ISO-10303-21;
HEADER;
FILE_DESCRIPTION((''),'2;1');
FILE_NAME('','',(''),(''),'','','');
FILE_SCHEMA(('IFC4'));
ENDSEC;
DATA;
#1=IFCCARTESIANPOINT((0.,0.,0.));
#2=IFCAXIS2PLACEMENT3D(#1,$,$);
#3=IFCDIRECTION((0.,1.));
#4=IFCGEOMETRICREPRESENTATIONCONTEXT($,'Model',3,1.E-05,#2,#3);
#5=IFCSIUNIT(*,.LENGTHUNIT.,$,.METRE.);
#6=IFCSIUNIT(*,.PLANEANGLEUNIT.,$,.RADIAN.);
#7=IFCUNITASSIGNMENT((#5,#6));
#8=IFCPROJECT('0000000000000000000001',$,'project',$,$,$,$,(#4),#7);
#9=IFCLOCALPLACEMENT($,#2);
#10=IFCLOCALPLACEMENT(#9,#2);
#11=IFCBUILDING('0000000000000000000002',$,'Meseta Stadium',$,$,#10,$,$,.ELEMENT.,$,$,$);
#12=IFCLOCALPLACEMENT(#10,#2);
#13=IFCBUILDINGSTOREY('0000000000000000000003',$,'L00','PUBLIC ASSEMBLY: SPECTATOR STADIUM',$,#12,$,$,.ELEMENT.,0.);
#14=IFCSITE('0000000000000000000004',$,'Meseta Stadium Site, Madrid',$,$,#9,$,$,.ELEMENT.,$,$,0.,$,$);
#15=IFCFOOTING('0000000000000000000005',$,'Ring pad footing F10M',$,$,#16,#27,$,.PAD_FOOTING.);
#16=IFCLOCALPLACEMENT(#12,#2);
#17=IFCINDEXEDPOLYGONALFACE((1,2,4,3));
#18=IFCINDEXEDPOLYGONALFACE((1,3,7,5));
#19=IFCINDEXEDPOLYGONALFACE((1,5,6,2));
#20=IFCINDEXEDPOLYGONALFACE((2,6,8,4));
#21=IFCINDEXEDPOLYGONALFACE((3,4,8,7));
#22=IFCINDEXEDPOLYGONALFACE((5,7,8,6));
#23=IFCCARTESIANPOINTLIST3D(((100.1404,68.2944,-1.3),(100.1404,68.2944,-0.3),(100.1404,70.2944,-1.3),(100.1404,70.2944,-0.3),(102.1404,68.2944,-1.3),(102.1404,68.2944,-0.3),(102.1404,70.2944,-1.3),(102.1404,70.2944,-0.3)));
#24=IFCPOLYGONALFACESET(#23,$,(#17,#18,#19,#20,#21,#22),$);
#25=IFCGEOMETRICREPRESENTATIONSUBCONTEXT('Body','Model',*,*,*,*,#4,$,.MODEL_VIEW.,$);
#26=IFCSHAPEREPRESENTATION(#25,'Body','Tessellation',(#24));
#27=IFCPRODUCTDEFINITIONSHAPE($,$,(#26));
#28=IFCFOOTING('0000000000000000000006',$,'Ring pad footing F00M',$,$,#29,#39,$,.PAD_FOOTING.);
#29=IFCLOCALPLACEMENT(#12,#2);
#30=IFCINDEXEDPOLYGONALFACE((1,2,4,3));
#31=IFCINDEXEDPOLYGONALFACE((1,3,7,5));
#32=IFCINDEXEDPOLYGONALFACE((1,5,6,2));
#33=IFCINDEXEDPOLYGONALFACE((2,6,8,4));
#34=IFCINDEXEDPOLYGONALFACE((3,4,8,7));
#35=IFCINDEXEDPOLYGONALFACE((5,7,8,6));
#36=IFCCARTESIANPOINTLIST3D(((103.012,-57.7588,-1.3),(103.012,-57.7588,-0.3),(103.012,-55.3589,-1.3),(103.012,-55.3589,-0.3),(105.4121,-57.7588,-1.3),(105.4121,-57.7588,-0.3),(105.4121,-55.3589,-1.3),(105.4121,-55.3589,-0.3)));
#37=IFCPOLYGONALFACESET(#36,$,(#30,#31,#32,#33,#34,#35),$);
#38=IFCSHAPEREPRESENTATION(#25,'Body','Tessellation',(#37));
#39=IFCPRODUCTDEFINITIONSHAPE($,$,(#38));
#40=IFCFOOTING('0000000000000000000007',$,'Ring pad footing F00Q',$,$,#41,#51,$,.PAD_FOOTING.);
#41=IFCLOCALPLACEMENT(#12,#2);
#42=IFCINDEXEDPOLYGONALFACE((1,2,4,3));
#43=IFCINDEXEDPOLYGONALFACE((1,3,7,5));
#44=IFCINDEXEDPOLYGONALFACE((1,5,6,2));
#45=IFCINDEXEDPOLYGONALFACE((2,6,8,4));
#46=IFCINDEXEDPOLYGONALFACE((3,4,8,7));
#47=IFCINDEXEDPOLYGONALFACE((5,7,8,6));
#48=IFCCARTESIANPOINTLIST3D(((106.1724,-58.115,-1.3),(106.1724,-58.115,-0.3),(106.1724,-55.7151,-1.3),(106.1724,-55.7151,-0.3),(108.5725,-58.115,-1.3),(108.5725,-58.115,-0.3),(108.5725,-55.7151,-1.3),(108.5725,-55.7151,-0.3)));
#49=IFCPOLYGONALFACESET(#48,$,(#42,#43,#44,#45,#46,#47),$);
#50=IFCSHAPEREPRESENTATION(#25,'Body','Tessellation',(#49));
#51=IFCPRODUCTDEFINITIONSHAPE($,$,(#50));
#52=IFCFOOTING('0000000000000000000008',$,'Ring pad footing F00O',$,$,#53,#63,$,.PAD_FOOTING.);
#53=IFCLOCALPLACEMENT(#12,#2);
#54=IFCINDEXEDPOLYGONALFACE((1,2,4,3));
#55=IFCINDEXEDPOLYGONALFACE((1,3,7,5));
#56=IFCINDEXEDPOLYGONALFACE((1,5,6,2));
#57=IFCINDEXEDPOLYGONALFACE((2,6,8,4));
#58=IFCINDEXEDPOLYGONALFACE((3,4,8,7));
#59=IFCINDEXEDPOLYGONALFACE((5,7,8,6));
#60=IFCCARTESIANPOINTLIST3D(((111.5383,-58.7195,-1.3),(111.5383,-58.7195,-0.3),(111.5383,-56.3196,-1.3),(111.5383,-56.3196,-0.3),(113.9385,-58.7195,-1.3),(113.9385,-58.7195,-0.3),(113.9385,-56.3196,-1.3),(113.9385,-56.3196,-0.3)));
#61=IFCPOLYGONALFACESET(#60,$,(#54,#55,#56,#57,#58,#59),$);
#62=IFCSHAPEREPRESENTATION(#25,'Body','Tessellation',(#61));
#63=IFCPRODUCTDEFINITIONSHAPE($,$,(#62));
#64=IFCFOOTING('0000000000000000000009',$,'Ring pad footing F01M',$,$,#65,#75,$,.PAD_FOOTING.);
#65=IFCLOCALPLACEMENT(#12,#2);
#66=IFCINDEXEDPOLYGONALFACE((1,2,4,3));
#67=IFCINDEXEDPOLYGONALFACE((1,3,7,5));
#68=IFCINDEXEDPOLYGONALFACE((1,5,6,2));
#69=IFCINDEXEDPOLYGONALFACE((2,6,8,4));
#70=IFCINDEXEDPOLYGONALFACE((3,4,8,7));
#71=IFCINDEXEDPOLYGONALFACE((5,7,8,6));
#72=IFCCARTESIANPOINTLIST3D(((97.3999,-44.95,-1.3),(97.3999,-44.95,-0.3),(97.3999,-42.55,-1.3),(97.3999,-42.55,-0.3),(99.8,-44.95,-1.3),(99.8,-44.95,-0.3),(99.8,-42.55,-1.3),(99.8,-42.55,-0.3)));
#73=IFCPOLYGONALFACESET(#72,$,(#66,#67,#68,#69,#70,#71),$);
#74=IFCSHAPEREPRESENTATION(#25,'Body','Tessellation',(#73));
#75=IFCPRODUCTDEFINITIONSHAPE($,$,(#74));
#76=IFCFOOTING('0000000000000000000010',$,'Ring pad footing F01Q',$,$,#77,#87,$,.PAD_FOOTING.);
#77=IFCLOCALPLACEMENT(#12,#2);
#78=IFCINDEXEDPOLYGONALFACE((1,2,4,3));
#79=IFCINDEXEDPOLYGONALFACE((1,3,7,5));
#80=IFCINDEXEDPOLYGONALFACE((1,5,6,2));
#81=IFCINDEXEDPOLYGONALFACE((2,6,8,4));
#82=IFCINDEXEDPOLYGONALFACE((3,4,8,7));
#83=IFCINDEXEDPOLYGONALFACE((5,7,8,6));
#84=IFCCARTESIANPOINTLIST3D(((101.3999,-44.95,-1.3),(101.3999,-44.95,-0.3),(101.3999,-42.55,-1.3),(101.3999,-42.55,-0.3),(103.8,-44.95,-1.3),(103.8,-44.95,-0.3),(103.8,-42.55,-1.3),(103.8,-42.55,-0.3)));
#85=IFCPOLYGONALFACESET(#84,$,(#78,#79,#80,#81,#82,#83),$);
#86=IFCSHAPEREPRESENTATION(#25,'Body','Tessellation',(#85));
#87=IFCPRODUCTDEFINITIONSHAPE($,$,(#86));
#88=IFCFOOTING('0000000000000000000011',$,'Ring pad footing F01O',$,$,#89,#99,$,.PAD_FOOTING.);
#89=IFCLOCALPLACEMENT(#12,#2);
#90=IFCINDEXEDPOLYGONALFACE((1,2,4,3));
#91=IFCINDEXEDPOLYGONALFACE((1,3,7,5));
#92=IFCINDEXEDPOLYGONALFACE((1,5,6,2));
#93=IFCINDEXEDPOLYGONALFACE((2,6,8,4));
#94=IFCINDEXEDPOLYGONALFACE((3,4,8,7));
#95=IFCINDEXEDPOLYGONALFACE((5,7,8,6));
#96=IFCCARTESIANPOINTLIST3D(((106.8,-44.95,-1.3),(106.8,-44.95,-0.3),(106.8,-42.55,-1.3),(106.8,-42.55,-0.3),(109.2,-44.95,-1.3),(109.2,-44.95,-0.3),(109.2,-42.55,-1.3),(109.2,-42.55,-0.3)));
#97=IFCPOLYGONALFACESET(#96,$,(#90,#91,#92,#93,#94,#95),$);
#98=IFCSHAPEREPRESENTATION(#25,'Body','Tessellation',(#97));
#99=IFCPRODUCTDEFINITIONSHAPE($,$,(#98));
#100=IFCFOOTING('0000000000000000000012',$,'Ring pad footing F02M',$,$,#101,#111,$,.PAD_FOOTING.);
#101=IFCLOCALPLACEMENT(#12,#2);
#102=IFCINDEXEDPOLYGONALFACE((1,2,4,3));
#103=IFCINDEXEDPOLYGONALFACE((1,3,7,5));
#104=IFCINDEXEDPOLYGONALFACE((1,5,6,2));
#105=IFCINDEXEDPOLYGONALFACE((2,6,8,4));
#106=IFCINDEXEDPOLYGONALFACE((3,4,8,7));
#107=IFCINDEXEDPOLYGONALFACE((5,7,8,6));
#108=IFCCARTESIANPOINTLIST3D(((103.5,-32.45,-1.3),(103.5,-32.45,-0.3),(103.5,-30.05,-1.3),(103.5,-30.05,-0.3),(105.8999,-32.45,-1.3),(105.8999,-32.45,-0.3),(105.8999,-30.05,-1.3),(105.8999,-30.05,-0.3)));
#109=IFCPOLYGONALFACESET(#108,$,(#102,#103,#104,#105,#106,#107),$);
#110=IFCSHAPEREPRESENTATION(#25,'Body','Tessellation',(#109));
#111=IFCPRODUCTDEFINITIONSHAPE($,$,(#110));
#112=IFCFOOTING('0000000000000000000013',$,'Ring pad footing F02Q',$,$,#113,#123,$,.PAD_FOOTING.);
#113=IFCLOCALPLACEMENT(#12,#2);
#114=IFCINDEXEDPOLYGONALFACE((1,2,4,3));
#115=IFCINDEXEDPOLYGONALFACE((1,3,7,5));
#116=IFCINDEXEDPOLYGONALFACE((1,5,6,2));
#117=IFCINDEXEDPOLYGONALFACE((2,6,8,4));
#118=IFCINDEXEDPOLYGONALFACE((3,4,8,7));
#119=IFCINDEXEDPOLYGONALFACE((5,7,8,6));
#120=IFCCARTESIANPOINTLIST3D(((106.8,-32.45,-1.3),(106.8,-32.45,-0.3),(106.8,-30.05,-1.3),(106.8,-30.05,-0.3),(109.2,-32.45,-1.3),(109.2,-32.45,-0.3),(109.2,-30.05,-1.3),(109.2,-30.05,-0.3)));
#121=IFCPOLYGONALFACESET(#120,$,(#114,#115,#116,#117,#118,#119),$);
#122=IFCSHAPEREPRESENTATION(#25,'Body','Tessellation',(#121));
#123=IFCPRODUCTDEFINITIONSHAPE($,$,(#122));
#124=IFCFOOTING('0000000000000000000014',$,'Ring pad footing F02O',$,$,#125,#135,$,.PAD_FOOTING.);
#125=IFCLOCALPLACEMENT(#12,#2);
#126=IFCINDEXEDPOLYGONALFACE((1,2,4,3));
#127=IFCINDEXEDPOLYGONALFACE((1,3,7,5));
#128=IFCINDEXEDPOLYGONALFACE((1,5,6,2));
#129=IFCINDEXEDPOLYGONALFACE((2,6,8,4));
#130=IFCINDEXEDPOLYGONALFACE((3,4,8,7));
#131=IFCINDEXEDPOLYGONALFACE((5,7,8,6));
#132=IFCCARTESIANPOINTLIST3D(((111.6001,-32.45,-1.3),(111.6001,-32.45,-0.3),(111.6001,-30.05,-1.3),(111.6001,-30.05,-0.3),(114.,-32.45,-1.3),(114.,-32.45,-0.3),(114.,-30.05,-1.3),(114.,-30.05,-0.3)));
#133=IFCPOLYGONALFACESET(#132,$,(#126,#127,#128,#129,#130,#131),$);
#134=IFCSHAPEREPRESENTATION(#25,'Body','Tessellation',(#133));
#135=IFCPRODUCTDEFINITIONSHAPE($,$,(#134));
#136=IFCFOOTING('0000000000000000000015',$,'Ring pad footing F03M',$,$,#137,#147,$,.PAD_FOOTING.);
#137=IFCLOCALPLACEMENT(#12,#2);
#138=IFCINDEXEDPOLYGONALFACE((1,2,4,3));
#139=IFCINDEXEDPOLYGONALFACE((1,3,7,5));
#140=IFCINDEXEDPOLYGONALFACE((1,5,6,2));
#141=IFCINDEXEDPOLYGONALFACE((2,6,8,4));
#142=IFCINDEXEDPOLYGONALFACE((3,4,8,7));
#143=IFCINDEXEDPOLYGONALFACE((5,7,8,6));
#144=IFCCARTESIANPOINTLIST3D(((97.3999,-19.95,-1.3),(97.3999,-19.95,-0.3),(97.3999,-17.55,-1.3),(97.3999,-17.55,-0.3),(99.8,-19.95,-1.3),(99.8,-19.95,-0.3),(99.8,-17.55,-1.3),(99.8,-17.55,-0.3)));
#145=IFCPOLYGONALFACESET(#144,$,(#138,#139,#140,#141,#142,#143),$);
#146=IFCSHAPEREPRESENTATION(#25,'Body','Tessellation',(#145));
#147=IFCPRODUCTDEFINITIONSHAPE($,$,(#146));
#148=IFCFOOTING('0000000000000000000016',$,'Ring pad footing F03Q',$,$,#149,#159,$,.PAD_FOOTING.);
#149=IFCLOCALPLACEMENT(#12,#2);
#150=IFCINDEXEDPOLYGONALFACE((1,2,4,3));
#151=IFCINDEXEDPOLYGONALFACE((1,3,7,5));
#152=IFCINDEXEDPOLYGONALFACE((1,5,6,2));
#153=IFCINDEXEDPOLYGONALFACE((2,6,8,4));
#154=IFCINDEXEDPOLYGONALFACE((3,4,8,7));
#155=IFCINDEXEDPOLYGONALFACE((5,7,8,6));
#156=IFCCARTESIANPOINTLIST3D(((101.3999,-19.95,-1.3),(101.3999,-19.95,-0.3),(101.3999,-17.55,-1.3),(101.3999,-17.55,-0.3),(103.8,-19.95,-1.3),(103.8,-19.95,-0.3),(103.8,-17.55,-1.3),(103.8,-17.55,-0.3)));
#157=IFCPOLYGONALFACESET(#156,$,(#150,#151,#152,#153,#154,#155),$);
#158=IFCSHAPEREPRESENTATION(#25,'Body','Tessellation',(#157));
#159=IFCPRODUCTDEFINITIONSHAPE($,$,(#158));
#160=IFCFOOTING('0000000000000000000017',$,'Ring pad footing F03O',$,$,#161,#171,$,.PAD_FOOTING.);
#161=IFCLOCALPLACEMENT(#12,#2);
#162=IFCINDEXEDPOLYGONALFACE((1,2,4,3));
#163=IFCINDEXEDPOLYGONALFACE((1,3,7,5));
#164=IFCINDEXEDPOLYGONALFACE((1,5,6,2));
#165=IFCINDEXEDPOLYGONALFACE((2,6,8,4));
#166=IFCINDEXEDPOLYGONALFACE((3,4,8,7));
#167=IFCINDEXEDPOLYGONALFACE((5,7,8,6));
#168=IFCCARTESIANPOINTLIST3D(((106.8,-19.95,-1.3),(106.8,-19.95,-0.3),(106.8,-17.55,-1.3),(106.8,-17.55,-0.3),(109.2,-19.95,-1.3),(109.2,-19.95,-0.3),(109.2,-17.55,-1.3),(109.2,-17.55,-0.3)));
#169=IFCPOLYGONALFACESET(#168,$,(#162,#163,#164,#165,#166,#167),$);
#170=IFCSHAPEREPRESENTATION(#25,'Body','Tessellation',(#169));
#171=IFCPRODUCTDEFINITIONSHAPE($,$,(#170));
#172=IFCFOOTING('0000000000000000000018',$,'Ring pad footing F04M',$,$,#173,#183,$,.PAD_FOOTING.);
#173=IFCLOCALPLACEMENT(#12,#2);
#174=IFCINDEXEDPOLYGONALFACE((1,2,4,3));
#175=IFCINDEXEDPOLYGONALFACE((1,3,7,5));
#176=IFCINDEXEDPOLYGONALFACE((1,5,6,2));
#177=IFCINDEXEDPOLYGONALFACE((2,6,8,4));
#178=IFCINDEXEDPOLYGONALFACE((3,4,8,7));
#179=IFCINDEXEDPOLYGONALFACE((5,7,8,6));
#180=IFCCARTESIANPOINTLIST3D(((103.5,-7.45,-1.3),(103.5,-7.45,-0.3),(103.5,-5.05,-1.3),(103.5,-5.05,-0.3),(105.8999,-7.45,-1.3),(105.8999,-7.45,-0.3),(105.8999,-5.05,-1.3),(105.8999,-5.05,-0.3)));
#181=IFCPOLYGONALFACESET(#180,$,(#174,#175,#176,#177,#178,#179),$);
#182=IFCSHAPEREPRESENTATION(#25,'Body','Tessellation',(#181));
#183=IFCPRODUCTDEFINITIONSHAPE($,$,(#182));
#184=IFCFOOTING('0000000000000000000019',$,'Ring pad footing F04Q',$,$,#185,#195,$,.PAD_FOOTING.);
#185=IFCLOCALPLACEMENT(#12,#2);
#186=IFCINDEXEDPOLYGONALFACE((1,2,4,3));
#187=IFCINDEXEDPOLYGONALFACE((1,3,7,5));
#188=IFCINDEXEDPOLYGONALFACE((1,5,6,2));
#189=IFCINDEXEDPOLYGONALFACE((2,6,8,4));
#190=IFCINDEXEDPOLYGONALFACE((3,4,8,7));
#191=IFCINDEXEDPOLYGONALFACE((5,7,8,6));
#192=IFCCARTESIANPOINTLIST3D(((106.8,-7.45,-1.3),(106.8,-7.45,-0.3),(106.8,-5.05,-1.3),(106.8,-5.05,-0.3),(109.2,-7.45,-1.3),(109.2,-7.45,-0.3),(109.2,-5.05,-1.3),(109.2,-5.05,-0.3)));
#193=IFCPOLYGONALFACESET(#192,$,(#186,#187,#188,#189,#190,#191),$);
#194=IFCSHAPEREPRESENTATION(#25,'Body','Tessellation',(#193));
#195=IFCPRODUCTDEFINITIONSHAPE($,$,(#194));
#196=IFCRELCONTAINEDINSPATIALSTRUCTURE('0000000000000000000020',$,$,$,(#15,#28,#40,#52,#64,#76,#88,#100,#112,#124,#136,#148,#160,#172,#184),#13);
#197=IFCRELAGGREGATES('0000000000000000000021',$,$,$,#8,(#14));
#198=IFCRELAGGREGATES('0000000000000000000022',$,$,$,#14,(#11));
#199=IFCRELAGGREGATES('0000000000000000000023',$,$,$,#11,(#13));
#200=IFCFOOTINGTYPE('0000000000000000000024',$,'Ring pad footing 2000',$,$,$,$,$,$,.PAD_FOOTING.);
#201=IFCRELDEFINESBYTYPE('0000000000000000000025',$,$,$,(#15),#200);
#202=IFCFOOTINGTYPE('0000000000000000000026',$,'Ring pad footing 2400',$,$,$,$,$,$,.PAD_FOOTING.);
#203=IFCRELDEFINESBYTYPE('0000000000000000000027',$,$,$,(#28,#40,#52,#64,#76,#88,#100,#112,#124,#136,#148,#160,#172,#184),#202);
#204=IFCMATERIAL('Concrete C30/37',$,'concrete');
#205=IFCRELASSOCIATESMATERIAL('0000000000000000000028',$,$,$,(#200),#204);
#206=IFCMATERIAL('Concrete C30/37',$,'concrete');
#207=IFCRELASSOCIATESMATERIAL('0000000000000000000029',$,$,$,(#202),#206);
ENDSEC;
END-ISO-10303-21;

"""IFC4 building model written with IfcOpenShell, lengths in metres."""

from ifc_helpers import new_model, si_unit, direction, frame, origin, place, context, subcontext, project, spatial, polyline, outline, extrude, material, type_object, element, save


model = new_model("IFC4")

# Units and contexts
model_context = context("Model", 3, precision=1e-05, world=origin(), true_north=direction((0.0, 1.0)))
body_context = subcontext(model_context, "Body", "Model", "MODEL_VIEW")
ifc_project = project(units=[si_unit("LENGTHUNIT", "METRE"), si_unit("PLANEANGLEUNIT", "RADIAN")], contexts=[model_context])

# Site, building, storey
site_placement = place(None, origin())
site = spatial("IfcSite", under=ifc_project, at=site_placement, Name="Meseta Stadium Site, Madrid", CompositionType="ELEMENT", RefElevation=0.0)
building_placement = place(site_placement, origin())
building = spatial("IfcBuilding", under=site, at=building_placement, Name="Meseta Stadium", CompositionType="ELEMENT")
storey_placement = place(building_placement, origin())
storey = spatial("IfcBuildingStorey", under=building, at=storey_placement, Name="L00", Description="PUBLIC ASSEMBLY: SPECTATOR STADIUM", CompositionType="ELEMENT", Elevation=0.0)

# Footings
ifc_material_1 = material(Name="Concrete C30/37", Category="concrete")
footing_type_1 = type_object("IfcFootingType", Name="Ring pad footing 2000", PredefinedType="PAD_FOOTING", material=ifc_material_1)
footing_1_placement = place(storey_placement, frame((0.0, 0.0, -1.3)))
element("IfcFooting", 1, at=footing_1_placement, inside=storey, type_object=footing_type_1, Name="Ring pad footing F10M", PredefinedType="PAD_FOOTING", context=body_context, shape_type="SweptSolid", body=[
    extrude(outline(polyline([(102.1404, 68.2944), (102.1404, 70.2944), (100.1404, 70.2944), (100.1404, 68.2944), (102.1404, 68.2944)])), origin(), (0.0, 0.0, 1.0), 1.0),
])
ifc_material_2 = material(Name="Concrete C30/37", Category="concrete")
footing_type_2 = type_object("IfcFootingType", Name="Ring pad footing 2400", PredefinedType="PAD_FOOTING", material=ifc_material_2)
footing_2_placement = place(storey_placement, frame((0.0, 0.0, -1.3)))
element("IfcFooting", 2, at=footing_2_placement, inside=storey, type_object=footing_type_2, Name="Ring pad footing F00M", PredefinedType="PAD_FOOTING", context=body_context, shape_type="SweptSolid", body=[
    extrude(outline(polyline([(105.4121, -57.7588), (105.4121, -55.3589), (103.012, -55.3589), (103.012, -57.7588), (105.4121, -57.7588)])), origin(), (0.0, 0.0, 1.0), 1.0),
])
footing_3_placement = place(storey_placement, frame((0.0, 0.0, -1.3)))
element("IfcFooting", 3, at=footing_3_placement, inside=storey, type_object=footing_type_2, Name="Ring pad footing F00Q", PredefinedType="PAD_FOOTING", context=body_context, shape_type="SweptSolid", body=[
    extrude(outline(polyline([(108.5725, -58.115), (108.5725, -55.7151), (106.1724, -55.7151), (106.1724, -58.115), (108.5725, -58.115)])), origin(), (0.0, 0.0, 1.0), 1.0),
])
footing_4_placement = place(storey_placement, frame((0.0, 0.0, -1.3)))
element("IfcFooting", 4, at=footing_4_placement, inside=storey, type_object=footing_type_2, Name="Ring pad footing F00O", PredefinedType="PAD_FOOTING", context=body_context, shape_type="SweptSolid", body=[
    extrude(outline(polyline([(113.9385, -58.7195), (113.9385, -56.3196), (111.5383, -56.3196), (111.5383, -58.7195), (113.9385, -58.7195)])), origin(), (0.0, 0.0, 1.0), 1.0),
])
footing_5_placement = place(storey_placement, frame((0.0, 0.0, -1.3)))
element("IfcFooting", 5, at=footing_5_placement, inside=storey, type_object=footing_type_2, Name="Ring pad footing F01M", PredefinedType="PAD_FOOTING", context=body_context, shape_type="SweptSolid", body=[
    extrude(outline(polyline([(99.8, -44.95), (99.8, -42.55), (97.3999, -42.55), (97.3999, -44.95), (99.8, -44.95)])), origin(), (0.0, 0.0, 1.0), 1.0),
])
footing_6_placement = place(storey_placement, frame((0.0, 0.0, -1.3)))
element("IfcFooting", 6, at=footing_6_placement, inside=storey, type_object=footing_type_2, Name="Ring pad footing F01Q", PredefinedType="PAD_FOOTING", context=body_context, shape_type="SweptSolid", body=[
    extrude(outline(polyline([(103.8, -44.95), (103.8, -42.55), (101.3999, -42.55), (101.3999, -44.95), (103.8, -44.95)])), origin(), (0.0, 0.0, 1.0), 1.0),
])
footing_7_placement = place(storey_placement, frame((0.0, 0.0, -1.3)))
element("IfcFooting", 7, at=footing_7_placement, inside=storey, type_object=footing_type_2, Name="Ring pad footing F01O", PredefinedType="PAD_FOOTING", context=body_context, shape_type="SweptSolid", body=[
    extrude(outline(polyline([(109.2, -44.95), (109.2, -42.55), (106.8, -42.55), (106.8, -44.95), (109.2, -44.95)])), origin(), (0.0, 0.0, 1.0), 1.0),
])
footing_8_placement = place(storey_placement, frame((0.0, 0.0, -1.3)))
element("IfcFooting", 8, at=footing_8_placement, inside=storey, type_object=footing_type_2, Name="Ring pad footing F02M", PredefinedType="PAD_FOOTING", context=body_context, shape_type="SweptSolid", body=[
    extrude(outline(polyline([(105.8999, -32.45), (105.8999, -30.05), (103.5, -30.05), (103.5, -32.45), (105.8999, -32.45)])), origin(), (0.0, 0.0, 1.0), 1.0),
])
footing_9_placement = place(storey_placement, frame((0.0, 0.0, -1.3)))
element("IfcFooting", 9, at=footing_9_placement, inside=storey, type_object=footing_type_2, Name="Ring pad footing F02Q", PredefinedType="PAD_FOOTING", context=body_context, shape_type="SweptSolid", body=[
    extrude(outline(polyline([(109.2, -32.45), (109.2, -30.05), (106.8, -30.05), (106.8, -32.45), (109.2, -32.45)])), origin(), (0.0, 0.0, 1.0), 1.0),
])
footing_10_placement = place(storey_placement, frame((0.0, 0.0, -1.3)))
element("IfcFooting", 10, at=footing_10_placement, inside=storey, type_object=footing_type_2, Name="Ring pad footing F02O", PredefinedType="PAD_FOOTING", context=body_context, shape_type="SweptSolid", body=[
    extrude(outline(polyline([(114.0, -32.45), (114.0, -30.05), (111.6001, -30.05), (111.6001, -32.45), (114.0, -32.45)])), origin(), (0.0, 0.0, 1.0), 1.0),
])
footing_11_placement = place(storey_placement, frame((0.0, 0.0, -1.3)))
element("IfcFooting", 11, at=footing_11_placement, inside=storey, type_object=footing_type_2, Name="Ring pad footing F03M", PredefinedType="PAD_FOOTING", context=body_context, shape_type="SweptSolid", body=[
    extrude(outline(polyline([(99.8, -19.95), (99.8, -17.55), (97.3999, -17.55), (97.3999, -19.95), (99.8, -19.95)])), origin(), (0.0, 0.0, 1.0), 1.0),
])
footing_12_placement = place(storey_placement, frame((0.0, 0.0, -1.3)))
element("IfcFooting", 12, at=footing_12_placement, inside=storey, type_object=footing_type_2, Name="Ring pad footing F03Q", PredefinedType="PAD_FOOTING", context=body_context, shape_type="SweptSolid", body=[
    extrude(outline(polyline([(103.8, -19.95), (103.8, -17.55), (101.3999, -17.55), (101.3999, -19.95), (103.8, -19.95)])), origin(), (0.0, 0.0, 1.0), 1.0),
])
footing_13_placement = place(storey_placement, frame((0.0, 0.0, -1.3)))
element("IfcFooting", 13, at=footing_13_placement, inside=storey, type_object=footing_type_2, Name="Ring pad footing F03O", PredefinedType="PAD_FOOTING", context=body_context, shape_type="SweptSolid", body=[
    extrude(outline(polyline([(109.2, -19.95), (109.2, -17.55), (106.8, -17.55), (106.8, -19.95), (109.2, -19.95)])), origin(), (0.0, 0.0, 1.0), 1.0),
])
footing_14_placement = place(storey_placement, frame((0.0, 0.0, -1.3)))
element("IfcFooting", 14, at=footing_14_placement, inside=storey, type_object=footing_type_2, Name="Ring pad footing F04M", PredefinedType="PAD_FOOTING", context=body_context, shape_type="SweptSolid", body=[
    extrude(outline(polyline([(105.8999, -7.45), (105.8999, -5.05), (103.5, -5.05), (103.5, -7.45), (105.8999, -7.45)])), origin(), (0.0, 0.0, 1.0), 1.0),
])
footing_15_placement = place(storey_placement, frame((0.0, 0.0, -1.3)))
element("IfcFooting", 15, at=footing_15_placement, inside=storey, type_object=footing_type_2, Name="Ring pad footing F04Q", PredefinedType="PAD_FOOTING", context=body_context, shape_type="SweptSolid", body=[
    extrude(outline(polyline([(109.2, -7.45), (109.2, -5.05), (106.8, -5.05), (106.8, -7.45), (109.2, -7.45)])), origin(), (0.0, 0.0, 1.0), 1.0),
])

save(model, "model.ifc")
